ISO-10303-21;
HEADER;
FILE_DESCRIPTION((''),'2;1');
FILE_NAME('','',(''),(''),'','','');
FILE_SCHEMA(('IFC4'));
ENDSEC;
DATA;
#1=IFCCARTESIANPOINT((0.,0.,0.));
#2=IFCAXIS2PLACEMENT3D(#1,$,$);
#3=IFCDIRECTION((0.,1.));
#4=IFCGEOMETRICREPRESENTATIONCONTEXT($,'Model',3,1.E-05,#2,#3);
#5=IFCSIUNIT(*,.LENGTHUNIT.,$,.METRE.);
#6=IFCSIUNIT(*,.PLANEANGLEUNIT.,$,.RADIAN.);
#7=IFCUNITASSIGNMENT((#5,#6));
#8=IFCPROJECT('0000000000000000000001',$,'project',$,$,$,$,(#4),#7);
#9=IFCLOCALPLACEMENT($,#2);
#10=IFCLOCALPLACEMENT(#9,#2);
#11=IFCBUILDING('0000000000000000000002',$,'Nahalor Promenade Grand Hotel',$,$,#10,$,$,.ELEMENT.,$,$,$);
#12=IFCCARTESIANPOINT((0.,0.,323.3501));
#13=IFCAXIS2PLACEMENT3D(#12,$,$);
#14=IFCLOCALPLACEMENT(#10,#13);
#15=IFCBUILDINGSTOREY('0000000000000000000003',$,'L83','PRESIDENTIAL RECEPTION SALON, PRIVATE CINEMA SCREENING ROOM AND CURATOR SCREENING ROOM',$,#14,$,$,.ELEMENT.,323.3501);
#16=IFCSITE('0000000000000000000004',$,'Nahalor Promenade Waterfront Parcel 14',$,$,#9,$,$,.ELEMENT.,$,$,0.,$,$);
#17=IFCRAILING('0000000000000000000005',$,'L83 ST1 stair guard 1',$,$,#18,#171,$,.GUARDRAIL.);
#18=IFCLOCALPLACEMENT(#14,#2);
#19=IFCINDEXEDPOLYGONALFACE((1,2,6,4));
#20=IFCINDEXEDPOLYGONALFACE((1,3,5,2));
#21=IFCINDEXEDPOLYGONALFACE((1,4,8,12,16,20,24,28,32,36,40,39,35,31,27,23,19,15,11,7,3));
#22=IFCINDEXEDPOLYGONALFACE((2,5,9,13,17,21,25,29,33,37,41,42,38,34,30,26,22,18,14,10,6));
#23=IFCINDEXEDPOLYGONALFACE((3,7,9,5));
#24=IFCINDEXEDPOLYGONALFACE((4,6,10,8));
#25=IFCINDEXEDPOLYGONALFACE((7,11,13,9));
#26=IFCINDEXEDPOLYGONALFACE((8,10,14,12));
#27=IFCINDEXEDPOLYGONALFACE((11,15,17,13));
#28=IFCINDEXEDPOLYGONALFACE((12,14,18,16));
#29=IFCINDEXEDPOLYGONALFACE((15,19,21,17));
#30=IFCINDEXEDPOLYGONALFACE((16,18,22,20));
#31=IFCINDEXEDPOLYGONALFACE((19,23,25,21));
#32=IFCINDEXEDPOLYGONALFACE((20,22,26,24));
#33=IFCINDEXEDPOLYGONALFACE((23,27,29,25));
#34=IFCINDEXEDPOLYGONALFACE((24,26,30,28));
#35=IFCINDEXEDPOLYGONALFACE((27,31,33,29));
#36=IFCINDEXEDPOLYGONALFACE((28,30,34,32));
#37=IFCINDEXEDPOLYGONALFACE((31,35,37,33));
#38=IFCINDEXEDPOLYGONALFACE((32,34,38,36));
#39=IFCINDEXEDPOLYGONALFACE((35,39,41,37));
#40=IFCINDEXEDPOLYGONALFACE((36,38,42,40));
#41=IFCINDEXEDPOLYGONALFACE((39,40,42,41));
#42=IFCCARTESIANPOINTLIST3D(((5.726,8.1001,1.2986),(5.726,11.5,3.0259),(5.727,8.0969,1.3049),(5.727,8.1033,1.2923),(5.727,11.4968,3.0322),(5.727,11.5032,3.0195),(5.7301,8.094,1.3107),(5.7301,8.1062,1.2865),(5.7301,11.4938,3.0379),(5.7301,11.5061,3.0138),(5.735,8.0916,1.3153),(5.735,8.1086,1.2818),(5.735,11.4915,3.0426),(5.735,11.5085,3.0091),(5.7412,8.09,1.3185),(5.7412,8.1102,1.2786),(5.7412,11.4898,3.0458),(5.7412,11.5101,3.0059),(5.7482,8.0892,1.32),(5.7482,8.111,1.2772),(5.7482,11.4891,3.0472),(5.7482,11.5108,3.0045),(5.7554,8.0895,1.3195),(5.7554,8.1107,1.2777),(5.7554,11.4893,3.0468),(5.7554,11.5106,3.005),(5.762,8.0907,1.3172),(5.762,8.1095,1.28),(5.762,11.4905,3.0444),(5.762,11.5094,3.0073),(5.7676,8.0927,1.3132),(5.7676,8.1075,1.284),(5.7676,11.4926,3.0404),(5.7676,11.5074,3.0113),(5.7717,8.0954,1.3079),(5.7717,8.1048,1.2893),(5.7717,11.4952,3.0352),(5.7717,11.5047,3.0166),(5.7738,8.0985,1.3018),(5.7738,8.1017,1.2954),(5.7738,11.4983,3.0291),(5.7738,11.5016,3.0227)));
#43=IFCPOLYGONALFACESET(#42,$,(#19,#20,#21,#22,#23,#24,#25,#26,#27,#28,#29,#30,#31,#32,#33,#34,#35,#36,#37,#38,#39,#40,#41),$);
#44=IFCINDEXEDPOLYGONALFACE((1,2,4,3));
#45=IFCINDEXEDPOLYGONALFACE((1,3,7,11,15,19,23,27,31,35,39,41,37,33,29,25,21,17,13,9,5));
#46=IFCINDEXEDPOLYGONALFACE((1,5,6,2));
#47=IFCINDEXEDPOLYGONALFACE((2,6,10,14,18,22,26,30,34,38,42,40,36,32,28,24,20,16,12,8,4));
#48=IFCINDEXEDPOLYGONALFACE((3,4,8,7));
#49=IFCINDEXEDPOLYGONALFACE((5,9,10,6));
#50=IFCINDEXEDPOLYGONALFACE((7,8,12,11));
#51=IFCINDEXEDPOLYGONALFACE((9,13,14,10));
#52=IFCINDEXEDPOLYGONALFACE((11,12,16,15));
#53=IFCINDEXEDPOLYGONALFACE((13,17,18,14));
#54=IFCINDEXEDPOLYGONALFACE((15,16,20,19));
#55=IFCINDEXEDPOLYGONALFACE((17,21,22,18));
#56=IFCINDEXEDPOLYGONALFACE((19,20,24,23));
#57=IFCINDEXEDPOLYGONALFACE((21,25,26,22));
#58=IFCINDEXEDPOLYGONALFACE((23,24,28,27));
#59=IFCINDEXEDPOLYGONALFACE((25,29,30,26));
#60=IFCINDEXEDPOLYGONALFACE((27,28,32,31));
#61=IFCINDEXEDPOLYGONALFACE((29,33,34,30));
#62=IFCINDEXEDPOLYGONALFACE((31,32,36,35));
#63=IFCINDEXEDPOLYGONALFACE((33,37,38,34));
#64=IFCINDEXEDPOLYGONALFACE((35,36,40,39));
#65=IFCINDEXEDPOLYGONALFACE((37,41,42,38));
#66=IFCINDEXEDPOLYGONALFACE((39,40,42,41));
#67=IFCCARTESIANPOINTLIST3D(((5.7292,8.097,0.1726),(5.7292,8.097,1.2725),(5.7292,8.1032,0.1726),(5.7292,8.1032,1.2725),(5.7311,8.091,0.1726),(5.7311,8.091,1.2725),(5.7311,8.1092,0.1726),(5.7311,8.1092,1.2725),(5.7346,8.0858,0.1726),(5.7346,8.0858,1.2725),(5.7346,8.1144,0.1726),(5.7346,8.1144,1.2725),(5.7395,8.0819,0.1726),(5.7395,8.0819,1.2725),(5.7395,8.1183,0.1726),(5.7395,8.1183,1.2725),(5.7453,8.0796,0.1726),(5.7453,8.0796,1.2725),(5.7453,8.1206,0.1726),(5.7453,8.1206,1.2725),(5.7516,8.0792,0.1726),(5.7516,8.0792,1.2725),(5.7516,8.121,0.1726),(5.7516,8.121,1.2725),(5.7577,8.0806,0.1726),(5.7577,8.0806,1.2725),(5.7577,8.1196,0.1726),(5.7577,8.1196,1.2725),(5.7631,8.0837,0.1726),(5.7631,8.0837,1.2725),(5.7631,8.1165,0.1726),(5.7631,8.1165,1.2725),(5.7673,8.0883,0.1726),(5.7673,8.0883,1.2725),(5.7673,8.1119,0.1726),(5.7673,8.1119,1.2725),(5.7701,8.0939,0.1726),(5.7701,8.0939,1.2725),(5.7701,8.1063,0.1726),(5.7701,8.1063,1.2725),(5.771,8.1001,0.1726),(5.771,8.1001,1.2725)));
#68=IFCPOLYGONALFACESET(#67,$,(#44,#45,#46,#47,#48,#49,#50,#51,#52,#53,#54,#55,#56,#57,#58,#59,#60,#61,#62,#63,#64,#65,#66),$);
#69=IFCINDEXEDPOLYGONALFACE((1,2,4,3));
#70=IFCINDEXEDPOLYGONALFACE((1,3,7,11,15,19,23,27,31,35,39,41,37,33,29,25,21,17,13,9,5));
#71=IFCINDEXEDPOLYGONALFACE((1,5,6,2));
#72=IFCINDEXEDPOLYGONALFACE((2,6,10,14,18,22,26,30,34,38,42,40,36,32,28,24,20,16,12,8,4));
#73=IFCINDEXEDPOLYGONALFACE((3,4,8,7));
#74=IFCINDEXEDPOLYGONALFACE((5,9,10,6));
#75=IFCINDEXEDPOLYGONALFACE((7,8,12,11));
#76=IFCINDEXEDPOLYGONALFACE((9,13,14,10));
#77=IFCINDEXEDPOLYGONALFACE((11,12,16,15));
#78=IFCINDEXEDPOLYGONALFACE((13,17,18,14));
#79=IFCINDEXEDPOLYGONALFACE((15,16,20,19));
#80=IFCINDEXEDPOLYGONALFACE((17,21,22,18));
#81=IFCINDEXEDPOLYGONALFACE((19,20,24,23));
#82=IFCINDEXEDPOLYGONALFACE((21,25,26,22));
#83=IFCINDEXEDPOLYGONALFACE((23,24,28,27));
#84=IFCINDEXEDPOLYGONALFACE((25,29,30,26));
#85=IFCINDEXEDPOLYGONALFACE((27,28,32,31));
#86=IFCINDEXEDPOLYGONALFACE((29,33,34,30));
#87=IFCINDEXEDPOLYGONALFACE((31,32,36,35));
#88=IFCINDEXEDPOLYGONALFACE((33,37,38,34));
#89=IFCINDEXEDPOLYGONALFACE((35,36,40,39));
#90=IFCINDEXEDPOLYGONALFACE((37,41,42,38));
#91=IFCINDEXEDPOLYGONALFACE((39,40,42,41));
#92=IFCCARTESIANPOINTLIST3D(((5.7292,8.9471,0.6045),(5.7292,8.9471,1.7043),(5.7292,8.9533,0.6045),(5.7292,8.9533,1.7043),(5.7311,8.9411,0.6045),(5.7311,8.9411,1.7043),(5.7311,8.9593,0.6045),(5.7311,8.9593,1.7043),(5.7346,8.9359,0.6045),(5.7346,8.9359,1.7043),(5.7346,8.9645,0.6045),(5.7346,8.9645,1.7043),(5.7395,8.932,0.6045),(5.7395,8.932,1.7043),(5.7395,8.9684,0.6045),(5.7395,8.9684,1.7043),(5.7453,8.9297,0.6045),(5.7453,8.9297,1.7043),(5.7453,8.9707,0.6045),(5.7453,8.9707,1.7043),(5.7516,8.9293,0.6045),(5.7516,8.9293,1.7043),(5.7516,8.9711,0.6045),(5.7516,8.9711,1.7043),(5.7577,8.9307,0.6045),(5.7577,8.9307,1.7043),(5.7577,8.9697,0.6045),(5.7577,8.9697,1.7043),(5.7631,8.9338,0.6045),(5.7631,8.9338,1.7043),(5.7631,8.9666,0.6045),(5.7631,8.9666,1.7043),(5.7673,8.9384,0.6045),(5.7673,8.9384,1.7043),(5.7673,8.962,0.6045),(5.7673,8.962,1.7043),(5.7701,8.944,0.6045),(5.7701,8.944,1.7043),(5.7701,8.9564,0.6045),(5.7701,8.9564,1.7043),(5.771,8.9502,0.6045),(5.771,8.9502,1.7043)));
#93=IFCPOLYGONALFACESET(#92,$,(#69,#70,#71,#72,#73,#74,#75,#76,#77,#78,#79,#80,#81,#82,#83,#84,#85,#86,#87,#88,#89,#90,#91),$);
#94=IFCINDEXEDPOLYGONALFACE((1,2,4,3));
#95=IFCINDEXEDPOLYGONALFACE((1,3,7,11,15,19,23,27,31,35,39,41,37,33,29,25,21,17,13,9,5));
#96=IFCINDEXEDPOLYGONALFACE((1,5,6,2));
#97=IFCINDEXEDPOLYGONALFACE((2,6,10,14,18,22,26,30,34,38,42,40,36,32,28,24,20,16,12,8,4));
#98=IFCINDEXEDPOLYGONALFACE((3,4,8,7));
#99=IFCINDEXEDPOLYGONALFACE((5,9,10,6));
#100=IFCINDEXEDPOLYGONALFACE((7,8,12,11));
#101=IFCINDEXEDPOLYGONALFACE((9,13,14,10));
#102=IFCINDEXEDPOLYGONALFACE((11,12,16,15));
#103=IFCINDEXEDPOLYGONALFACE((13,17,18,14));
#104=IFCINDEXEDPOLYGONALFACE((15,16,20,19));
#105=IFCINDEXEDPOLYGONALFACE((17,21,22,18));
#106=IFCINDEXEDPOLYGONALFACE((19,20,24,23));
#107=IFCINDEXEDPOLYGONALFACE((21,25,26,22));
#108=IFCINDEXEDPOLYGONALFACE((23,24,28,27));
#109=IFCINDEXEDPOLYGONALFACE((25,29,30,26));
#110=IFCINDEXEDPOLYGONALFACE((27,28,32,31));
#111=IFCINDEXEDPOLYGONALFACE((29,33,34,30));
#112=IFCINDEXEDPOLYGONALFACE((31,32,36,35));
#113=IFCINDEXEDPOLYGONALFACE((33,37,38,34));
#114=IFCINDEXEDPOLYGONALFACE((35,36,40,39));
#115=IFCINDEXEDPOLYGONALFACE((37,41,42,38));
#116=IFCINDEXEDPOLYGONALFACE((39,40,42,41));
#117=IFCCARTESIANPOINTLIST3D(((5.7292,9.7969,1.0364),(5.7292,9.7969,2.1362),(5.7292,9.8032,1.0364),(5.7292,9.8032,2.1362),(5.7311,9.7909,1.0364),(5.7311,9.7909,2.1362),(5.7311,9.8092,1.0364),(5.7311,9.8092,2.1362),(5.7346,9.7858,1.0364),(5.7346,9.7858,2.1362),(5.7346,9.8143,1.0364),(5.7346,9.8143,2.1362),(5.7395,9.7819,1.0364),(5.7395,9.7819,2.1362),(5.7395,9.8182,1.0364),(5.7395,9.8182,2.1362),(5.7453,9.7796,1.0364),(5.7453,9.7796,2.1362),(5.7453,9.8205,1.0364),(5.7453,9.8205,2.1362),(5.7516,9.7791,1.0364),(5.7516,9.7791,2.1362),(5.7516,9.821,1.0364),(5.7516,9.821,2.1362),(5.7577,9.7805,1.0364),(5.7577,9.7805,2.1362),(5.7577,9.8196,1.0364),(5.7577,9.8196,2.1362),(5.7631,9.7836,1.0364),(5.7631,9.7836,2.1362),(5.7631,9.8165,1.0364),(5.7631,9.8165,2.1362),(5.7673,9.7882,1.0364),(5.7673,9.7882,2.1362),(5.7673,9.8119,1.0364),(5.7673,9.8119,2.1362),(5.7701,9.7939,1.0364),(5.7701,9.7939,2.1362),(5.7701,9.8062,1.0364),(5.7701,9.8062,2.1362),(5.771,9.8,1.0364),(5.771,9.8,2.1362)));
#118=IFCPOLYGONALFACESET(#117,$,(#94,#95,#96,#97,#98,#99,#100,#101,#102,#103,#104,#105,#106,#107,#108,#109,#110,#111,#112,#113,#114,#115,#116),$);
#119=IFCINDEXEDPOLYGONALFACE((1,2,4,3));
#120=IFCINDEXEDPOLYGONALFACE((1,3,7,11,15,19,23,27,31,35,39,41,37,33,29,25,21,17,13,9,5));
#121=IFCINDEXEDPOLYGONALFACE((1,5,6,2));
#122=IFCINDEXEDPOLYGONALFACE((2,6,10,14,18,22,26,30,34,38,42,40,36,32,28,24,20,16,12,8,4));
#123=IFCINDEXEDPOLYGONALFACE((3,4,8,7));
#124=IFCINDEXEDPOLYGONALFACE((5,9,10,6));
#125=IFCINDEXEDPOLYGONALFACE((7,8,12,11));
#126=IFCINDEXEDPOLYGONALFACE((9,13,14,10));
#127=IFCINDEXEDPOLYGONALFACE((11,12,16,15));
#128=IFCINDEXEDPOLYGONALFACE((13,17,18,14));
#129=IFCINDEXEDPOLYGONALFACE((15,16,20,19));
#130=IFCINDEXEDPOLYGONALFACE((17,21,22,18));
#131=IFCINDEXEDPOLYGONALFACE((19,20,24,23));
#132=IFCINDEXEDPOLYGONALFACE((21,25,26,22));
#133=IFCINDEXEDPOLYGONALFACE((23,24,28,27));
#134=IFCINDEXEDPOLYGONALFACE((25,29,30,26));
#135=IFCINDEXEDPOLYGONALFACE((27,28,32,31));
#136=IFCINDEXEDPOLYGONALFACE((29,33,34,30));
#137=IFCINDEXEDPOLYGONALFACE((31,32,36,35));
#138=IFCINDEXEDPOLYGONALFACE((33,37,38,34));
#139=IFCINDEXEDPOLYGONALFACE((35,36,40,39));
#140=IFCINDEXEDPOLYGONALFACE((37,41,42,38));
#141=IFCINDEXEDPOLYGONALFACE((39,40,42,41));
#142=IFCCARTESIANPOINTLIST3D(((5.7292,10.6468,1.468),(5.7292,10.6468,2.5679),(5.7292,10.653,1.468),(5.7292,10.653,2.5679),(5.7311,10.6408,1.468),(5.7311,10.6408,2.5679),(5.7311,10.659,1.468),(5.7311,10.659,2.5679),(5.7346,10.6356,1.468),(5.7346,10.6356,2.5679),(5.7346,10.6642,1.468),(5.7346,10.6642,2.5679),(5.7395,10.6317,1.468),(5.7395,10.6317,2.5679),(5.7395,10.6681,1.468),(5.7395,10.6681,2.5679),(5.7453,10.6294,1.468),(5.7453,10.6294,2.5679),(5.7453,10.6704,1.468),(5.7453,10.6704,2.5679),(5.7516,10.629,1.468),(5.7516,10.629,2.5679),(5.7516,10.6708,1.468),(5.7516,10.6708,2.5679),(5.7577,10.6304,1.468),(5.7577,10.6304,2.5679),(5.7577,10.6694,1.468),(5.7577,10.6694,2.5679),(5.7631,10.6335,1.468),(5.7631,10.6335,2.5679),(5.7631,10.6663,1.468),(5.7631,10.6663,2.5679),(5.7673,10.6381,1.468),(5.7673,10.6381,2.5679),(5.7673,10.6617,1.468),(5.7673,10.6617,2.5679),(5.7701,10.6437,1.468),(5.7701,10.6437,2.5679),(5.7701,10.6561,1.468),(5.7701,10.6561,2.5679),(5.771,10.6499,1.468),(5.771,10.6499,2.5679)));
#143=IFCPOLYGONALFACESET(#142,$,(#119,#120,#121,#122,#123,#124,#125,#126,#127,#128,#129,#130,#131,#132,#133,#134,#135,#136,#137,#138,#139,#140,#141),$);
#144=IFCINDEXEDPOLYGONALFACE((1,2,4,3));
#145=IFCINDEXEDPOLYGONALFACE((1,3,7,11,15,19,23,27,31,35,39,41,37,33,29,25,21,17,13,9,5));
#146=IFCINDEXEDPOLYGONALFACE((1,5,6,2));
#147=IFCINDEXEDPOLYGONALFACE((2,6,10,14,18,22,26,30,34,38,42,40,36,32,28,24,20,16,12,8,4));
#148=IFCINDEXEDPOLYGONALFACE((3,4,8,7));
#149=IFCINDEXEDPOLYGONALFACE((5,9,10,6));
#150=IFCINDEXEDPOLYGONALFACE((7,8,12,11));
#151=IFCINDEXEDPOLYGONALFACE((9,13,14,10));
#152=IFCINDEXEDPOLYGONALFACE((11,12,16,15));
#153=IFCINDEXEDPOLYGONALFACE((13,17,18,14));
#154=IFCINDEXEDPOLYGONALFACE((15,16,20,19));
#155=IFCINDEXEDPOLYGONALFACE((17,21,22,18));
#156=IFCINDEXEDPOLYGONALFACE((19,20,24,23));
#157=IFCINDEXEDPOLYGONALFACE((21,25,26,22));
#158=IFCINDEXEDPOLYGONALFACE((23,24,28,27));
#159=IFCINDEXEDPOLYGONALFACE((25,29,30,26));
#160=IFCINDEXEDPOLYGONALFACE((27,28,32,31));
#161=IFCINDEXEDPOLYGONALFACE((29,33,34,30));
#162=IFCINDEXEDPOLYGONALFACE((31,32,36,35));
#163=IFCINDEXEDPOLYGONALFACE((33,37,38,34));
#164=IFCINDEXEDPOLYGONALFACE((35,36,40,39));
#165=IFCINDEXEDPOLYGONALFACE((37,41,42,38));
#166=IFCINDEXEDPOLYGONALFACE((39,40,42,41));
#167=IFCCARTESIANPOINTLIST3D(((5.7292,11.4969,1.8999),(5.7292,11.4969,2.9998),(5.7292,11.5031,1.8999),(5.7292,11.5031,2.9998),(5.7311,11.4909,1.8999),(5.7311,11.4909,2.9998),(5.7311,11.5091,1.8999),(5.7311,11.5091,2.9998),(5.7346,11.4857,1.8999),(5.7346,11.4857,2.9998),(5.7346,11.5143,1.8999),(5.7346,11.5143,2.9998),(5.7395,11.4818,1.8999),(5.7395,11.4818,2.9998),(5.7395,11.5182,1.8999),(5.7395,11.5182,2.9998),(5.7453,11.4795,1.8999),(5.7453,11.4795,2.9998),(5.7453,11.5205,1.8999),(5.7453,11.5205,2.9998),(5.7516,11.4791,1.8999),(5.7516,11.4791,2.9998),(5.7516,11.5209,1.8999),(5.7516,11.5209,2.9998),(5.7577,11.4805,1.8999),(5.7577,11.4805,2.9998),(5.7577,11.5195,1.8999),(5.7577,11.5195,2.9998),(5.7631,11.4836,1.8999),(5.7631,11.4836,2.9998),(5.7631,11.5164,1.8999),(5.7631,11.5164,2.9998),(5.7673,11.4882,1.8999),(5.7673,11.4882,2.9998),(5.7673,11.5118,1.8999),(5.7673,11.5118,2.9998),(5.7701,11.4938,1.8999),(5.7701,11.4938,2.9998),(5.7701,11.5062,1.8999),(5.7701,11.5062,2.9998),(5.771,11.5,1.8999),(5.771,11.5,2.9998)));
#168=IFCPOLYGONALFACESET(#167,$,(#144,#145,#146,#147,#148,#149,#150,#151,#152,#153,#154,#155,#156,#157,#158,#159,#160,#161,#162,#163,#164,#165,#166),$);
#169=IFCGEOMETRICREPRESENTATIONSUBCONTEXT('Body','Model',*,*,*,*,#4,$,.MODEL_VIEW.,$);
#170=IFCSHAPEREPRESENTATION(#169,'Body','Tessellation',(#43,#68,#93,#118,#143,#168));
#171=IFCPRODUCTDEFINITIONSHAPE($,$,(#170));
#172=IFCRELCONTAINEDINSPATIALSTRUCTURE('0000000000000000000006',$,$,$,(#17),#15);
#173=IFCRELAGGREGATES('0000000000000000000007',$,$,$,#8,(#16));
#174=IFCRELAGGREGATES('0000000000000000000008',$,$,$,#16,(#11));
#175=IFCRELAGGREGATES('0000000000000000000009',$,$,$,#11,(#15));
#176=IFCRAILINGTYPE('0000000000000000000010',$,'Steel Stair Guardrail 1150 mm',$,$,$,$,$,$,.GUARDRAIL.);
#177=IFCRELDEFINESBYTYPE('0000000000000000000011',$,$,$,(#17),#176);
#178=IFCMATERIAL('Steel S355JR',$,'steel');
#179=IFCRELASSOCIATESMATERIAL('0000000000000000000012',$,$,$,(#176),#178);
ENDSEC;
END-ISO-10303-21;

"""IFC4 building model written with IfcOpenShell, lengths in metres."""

from ifc_helpers import new_model, si_unit, direction, frame, origin, origin_2d, place, context, subcontext, project, spatial, circle, extrude, material, type_object, element, save


model = new_model("IFC4")

# Units and contexts
model_context = context("Model", 3, precision=1e-05, world=origin(), true_north=direction((0.0, 1.0)))
body_context = subcontext(model_context, "Body", "Model", "MODEL_VIEW")
ifc_project = project(units=[si_unit("LENGTHUNIT", "METRE"), si_unit("PLANEANGLEUNIT", "RADIAN")], contexts=[model_context])

# Site, building, storey
site_placement = place(None, origin())
site = spatial("IfcSite", under=ifc_project, at=site_placement, Name="Nahalor Promenade Waterfront Parcel 14", CompositionType="ELEMENT", RefElevation=0.0)
building_placement = place(site_placement, origin())
building = spatial("IfcBuilding", under=site, at=building_placement, Name="Nahalor Promenade Grand Hotel", CompositionType="ELEMENT")
storey_placement = place(building_placement, frame((0.0, 0.0, 323.3501)))
storey = spatial("IfcBuildingStorey", under=building, at=storey_placement, Name="L83", Description="PRESIDENTIAL RECEPTION SALON, PRIVATE CINEMA SCREENING ROOM AND CURATOR SCREENING ROOM", CompositionType="ELEMENT", Elevation=323.3501)

# Shared definitions
ifc_material_1 = material(Name="Steel S355JR", Category="steel")

# Railing
railing_type_1 = type_object("IfcRailingType", Name="Steel Stair Guardrail 1150 mm", PredefinedType="GUARDRAIL", material=ifc_material_1)
railing_1_placement = place(storey_placement, frame((5.75, 8.1001, 0.1726)))
element("IfcRailing", 1, at=railing_1_placement, inside=storey, type_object=railing_type_1, Name="L83 ST1 stair guard 1", PredefinedType="GUARDRAIL", context=body_context, shape_type="SweptSolid", body=[
    extrude(circle(Radius=0.024, at=origin_2d()), frame((0.0, 0.0, 1.126), z_axis=(0.0, 0.891541, 0.452941), x_axis=(-1.0, 0.0, 0.0)), (0.0, 0.0, 1.0), 3.8135),
    extrude(circle(Radius=0.021, at=origin_2d()), origin(), (0.0, 0.0, 1.0), 1.0999),
    extrude(circle(Radius=0.021, at=origin_2d()), frame((0.0, 0.8501, 0.4319)), (0.0, 0.0, 1.0), 1.0999),
    extrude(circle(Radius=0.021, at=origin_2d()), frame((0.0, 1.7, 0.8638)), (0.0, 0.0, 1.0), 1.0999),
    extrude(circle(Radius=0.021, at=origin_2d()), frame((0.0, 2.5498, 1.2954)), (0.0, 0.0, 1.0), 1.0999),
    extrude(circle(Radius=0.021, at=origin_2d()), frame((0.0, 3.3999, 1.7273)), (0.0, 0.0, 1.0), 1.0999),
])

save(model, "model.ifc")
